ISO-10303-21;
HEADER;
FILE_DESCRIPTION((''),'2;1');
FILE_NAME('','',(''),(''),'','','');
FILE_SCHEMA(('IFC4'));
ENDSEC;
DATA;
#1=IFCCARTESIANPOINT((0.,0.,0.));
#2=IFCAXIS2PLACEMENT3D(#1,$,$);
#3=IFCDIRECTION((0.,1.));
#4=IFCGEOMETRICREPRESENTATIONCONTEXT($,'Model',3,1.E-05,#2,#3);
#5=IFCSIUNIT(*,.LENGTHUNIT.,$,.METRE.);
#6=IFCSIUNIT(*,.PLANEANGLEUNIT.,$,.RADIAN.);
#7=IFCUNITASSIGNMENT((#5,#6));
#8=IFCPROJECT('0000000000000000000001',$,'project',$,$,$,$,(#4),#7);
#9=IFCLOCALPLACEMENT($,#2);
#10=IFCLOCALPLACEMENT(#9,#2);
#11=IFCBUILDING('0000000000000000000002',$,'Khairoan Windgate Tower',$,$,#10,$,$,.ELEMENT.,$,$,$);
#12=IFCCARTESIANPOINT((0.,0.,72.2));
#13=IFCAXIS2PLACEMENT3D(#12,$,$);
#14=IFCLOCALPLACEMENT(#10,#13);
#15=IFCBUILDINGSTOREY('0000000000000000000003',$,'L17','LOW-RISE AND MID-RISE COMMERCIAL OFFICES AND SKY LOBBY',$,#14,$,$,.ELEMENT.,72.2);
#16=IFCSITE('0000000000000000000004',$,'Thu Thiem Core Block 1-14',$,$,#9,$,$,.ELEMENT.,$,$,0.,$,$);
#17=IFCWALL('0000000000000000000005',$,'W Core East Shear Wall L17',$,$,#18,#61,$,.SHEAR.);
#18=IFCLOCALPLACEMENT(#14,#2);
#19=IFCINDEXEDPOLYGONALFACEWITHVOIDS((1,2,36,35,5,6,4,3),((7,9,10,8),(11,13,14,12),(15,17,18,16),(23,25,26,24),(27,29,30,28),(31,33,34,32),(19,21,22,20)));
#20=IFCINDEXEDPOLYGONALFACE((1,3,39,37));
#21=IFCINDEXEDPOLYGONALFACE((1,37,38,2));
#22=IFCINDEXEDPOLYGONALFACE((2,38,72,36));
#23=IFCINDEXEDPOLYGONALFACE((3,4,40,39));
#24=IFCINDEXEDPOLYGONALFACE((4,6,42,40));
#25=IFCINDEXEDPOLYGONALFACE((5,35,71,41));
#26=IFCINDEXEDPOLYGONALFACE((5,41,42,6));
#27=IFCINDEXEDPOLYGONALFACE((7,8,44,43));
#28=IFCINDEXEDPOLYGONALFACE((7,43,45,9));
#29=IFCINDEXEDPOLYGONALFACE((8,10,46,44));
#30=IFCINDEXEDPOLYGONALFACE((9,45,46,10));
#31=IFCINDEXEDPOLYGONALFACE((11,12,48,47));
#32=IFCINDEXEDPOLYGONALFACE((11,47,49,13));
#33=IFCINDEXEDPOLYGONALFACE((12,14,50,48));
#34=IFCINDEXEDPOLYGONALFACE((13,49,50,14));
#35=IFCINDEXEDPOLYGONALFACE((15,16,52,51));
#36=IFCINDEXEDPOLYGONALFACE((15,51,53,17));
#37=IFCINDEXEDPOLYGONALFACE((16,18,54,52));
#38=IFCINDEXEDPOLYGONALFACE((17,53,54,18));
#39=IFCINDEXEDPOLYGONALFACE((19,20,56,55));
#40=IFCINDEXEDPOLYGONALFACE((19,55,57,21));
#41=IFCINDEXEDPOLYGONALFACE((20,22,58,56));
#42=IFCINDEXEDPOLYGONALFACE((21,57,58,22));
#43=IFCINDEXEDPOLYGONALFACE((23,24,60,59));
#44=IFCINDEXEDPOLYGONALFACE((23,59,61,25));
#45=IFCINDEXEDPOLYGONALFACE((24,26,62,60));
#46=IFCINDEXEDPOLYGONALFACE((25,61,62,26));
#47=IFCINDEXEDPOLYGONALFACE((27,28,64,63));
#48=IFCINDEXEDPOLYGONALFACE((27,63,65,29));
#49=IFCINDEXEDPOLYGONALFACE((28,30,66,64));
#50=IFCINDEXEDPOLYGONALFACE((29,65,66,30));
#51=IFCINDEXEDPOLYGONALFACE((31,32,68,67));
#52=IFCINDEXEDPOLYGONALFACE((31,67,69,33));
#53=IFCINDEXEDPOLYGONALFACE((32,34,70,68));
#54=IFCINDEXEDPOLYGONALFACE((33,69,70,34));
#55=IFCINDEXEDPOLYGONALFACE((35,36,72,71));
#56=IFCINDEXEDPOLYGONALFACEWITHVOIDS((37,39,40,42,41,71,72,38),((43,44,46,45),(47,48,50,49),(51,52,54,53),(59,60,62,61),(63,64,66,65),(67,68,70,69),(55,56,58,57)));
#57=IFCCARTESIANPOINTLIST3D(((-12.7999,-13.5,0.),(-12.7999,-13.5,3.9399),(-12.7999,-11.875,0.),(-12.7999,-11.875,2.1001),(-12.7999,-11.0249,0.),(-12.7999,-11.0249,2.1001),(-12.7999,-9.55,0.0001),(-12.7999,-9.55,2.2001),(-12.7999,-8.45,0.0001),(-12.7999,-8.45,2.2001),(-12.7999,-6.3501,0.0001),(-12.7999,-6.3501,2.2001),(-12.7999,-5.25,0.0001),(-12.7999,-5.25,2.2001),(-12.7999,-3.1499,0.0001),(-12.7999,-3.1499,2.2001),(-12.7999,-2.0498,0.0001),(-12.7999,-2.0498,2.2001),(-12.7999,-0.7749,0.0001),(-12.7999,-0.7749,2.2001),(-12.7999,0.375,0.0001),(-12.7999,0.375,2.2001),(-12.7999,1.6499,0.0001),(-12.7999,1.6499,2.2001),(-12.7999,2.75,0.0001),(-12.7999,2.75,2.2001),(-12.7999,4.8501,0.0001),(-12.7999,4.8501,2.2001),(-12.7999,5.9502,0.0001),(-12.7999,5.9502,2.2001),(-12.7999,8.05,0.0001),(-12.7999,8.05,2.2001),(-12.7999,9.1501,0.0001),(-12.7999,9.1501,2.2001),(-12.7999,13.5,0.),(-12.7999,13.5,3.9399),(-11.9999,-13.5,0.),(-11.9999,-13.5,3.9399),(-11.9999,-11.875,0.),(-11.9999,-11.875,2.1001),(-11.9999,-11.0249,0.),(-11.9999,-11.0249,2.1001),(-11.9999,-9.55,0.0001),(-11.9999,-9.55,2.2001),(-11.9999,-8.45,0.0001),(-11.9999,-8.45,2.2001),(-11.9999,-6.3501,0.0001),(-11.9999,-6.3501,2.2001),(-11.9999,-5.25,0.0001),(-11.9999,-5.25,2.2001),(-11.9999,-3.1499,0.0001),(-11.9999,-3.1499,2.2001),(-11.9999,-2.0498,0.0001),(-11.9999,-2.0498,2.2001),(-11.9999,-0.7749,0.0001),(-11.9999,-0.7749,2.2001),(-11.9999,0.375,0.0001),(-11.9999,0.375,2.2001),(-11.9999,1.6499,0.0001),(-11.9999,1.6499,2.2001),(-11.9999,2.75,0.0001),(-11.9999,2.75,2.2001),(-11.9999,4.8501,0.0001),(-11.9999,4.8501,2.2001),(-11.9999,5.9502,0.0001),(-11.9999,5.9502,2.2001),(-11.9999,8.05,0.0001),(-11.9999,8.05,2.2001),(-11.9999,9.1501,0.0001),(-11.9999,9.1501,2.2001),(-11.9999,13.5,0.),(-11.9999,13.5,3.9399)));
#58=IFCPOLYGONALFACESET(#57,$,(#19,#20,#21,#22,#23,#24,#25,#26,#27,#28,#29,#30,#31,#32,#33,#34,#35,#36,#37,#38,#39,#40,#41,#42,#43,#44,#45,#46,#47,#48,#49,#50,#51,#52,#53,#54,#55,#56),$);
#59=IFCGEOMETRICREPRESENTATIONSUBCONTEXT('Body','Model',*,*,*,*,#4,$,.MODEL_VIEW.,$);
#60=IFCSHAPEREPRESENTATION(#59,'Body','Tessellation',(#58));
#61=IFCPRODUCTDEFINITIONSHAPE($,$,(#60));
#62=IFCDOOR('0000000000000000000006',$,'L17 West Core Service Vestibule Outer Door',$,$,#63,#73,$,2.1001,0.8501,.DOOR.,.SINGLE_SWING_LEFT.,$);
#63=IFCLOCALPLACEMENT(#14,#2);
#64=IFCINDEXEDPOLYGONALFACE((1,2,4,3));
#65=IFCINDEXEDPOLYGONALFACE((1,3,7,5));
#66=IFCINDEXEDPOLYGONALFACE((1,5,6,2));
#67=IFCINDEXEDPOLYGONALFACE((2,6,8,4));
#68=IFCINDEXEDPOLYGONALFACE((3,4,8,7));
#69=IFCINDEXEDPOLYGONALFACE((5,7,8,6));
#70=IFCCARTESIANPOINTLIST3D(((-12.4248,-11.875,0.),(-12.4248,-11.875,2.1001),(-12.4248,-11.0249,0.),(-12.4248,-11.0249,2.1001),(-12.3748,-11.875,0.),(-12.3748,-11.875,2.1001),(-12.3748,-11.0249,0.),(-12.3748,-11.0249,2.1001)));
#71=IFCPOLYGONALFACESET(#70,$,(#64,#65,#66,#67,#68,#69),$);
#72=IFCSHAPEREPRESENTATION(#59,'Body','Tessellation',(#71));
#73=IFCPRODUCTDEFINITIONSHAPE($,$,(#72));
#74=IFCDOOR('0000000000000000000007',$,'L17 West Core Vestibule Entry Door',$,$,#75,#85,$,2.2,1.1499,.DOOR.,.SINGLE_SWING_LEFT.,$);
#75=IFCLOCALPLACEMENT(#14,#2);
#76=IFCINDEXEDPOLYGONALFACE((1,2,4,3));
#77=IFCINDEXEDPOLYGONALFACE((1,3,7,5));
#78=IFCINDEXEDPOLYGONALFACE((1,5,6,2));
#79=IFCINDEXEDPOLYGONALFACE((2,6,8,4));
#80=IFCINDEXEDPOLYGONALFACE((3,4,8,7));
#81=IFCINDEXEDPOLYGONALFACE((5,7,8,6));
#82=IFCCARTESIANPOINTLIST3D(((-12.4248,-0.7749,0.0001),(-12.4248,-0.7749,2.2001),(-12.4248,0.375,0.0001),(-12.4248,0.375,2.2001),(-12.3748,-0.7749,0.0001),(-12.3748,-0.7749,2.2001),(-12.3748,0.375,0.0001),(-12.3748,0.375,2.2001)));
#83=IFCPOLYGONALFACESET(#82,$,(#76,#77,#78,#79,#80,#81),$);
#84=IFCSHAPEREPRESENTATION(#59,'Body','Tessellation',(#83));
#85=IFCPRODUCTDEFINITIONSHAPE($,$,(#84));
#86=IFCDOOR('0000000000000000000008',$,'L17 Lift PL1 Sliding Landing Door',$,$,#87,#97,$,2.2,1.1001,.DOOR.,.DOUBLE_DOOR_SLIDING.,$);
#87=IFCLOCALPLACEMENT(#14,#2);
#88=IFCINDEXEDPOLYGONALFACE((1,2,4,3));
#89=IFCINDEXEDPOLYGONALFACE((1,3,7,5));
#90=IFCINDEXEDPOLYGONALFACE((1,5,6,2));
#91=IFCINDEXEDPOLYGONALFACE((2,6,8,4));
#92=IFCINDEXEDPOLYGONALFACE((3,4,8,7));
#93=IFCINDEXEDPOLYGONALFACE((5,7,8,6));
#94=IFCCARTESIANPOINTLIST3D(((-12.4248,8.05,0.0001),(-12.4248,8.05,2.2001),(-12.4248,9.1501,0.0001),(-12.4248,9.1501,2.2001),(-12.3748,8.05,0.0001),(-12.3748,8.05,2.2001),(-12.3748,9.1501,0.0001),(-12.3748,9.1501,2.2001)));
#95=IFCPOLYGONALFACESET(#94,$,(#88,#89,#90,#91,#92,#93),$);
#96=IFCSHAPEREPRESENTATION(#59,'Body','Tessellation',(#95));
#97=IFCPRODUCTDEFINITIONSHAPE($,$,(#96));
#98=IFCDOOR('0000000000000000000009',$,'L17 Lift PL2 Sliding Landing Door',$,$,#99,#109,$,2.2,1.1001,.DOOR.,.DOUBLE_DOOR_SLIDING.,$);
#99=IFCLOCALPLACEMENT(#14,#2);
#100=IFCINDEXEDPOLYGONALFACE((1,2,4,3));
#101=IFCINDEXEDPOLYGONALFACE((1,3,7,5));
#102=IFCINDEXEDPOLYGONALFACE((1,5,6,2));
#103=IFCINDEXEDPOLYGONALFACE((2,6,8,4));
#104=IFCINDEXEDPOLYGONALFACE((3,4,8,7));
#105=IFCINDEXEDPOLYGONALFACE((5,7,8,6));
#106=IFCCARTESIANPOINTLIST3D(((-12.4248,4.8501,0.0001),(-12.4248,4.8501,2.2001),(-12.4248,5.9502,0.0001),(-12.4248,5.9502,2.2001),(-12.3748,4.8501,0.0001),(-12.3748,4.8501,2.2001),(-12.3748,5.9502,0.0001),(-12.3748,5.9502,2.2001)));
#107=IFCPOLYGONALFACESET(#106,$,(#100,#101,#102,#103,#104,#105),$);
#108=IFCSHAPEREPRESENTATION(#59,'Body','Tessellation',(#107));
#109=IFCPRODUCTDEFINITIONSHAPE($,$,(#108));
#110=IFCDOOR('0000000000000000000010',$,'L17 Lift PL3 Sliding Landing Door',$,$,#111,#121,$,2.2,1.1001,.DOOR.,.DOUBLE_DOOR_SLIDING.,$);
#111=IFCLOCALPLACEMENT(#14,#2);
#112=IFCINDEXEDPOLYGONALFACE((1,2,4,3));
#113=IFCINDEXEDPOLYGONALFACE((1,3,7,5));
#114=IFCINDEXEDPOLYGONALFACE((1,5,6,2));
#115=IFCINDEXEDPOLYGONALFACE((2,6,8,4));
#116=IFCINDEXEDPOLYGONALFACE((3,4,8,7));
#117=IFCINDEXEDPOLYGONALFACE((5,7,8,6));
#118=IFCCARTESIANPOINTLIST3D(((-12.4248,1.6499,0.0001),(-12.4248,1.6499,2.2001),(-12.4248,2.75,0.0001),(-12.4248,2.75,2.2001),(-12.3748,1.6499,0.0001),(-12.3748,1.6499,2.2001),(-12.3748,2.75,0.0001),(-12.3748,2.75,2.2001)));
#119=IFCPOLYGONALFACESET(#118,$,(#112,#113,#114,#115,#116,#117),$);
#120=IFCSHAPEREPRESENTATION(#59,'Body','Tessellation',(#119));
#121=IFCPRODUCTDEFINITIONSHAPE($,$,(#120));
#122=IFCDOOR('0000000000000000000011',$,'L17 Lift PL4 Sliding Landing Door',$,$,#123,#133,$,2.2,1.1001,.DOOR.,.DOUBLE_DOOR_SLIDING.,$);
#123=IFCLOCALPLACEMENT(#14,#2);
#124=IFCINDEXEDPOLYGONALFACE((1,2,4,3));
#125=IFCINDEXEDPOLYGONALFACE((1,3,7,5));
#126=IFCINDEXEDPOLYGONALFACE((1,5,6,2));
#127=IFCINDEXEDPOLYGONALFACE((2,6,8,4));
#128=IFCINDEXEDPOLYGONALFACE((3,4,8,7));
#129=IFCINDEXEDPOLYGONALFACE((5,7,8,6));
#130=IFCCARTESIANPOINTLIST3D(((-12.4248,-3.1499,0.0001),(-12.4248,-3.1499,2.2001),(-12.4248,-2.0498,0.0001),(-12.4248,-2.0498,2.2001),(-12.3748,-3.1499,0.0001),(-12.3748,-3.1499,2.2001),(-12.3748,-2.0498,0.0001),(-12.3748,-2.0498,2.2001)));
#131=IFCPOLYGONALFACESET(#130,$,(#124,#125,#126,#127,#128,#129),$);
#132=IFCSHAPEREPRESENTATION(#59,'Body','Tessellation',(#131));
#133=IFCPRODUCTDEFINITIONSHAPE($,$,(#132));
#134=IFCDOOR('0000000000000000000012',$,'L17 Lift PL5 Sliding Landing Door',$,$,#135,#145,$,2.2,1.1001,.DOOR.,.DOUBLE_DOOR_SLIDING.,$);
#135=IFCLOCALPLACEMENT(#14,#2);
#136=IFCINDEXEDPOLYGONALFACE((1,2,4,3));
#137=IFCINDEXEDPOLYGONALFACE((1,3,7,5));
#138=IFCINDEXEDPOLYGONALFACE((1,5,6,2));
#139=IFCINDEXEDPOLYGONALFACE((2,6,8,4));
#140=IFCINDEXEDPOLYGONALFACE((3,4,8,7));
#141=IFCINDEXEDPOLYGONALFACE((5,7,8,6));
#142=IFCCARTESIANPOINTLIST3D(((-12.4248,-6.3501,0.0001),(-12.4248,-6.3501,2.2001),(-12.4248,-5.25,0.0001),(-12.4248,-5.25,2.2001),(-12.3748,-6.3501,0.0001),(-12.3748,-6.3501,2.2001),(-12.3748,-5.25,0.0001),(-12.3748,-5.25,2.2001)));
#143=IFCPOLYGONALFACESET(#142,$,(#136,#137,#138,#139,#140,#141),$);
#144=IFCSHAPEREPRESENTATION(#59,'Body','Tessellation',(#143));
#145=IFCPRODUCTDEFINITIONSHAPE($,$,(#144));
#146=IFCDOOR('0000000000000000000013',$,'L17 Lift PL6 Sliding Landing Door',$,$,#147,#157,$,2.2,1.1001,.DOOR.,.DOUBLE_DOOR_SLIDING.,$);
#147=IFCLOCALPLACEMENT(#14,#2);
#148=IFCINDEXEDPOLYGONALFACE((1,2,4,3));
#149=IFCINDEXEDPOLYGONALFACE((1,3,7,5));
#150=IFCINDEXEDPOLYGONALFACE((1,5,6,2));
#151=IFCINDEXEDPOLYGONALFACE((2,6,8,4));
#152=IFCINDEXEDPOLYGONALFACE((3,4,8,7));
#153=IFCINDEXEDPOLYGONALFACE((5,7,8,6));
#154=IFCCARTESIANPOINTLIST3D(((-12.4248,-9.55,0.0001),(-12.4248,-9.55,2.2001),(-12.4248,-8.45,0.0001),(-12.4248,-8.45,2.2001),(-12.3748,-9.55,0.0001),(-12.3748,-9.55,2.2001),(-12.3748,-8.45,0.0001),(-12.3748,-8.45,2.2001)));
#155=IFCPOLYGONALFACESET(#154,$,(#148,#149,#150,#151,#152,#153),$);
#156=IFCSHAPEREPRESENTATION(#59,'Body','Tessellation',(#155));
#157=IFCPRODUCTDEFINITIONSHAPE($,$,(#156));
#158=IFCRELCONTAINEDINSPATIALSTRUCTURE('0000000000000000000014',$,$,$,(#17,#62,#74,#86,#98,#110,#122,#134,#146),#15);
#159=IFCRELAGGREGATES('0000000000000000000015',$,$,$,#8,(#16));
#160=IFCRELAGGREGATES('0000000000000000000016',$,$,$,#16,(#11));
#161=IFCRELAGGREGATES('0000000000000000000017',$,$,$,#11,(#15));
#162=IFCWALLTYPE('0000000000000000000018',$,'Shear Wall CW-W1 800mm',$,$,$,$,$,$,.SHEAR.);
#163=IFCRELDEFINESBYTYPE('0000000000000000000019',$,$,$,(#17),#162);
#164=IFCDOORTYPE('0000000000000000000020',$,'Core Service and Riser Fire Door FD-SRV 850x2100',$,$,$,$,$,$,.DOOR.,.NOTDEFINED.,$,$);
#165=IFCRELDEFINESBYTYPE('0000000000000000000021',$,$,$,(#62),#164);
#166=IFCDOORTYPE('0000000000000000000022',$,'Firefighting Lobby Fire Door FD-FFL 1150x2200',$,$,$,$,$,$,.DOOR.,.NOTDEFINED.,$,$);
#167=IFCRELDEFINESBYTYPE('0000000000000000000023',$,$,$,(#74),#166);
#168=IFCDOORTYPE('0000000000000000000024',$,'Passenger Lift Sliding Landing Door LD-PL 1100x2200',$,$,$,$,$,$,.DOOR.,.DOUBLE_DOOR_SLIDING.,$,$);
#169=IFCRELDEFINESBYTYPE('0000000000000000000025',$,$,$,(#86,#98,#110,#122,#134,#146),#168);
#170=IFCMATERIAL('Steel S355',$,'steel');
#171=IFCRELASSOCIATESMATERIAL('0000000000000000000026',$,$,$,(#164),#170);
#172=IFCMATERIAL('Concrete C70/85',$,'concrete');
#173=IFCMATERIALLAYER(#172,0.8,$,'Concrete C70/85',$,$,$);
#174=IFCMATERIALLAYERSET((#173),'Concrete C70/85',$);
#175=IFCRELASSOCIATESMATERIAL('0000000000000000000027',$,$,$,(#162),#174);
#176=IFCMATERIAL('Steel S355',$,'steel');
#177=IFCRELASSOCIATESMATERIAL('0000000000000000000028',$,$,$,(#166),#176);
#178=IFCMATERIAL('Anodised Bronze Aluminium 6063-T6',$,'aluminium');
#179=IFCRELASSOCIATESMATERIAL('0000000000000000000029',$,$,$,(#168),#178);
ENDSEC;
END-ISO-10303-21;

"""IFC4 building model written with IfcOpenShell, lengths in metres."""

from ifc_helpers import new_model, si_unit, direction, frame, frame_2d, origin, place, context, subcontext, project, spatial, rectangle, extrude, material, layer, layer_set, type_object, element, fill, save


model = new_model("IFC4")

# Units and contexts
model_context = context("Model", 3, precision=1e-05, world=origin(), true_north=direction((0.0, 1.0)))
body_context = subcontext(model_context, "Body", "Model", "MODEL_VIEW")
ifc_project = project(units=[si_unit("LENGTHUNIT", "METRE"), si_unit("PLANEANGLEUNIT", "RADIAN")], contexts=[model_context])

# Site, building, storey
site_placement = place(None, origin())
site = spatial("IfcSite", under=ifc_project, at=site_placement, Name="Thu Thiem Core Block 1-14", CompositionType="ELEMENT", RefElevation=0.0)
building_placement = place(site_placement, origin())
building = spatial("IfcBuilding", under=site, at=building_placement, Name="Khairoan Windgate Tower", CompositionType="ELEMENT")
storey_placement = place(building_placement, frame((0.0, 0.0, 72.2)))
storey = spatial("IfcBuildingStorey", under=building, at=storey_placement, Name="L17", Description="LOW-RISE AND MID-RISE COMMERCIAL OFFICES AND SKY LOBBY", CompositionType="ELEMENT", Elevation=72.2)

# Shared definitions
ifc_material_1 = material(Name="Steel S355", Category="steel")
door_type_1 = type_object("IfcDoorType", Name="Core Service and Riser Fire Door FD-SRV 850x2100", OperationType="NOTDEFINED", PredefinedType="DOOR", material=ifc_material_1)

# Wall, openings, doors
ifc_material_2 = material(Name="Concrete C70/85", Category="concrete")
ifc_layer_1 = layer(ifc_material_2, 0.8, Name="Concrete C70/85")
ifc_layer_set_1 = layer_set([ifc_layer_1], Name="Concrete C70/85")
wall_type_1 = type_object("IfcWallType", Name="Shear Wall CW-W1 800mm", PredefinedType="SHEAR", material=ifc_layer_set_1)
wall_1_placement = place(storey_placement, frame((-12.3999, -13.5, 0.0), z_axis=(0.0, 0.0, 1.0), x_axis=(0.0, 1.0, 0.0)))
wall_1 = element("IfcWall", 1, at=wall_1_placement, inside=storey, type_object=wall_type_1, Name="W Core East Shear Wall L17", PredefinedType="SHEAR", context=body_context, shape_type="SweptSolid", body=[
    extrude(rectangle(XDim=27.0, YDim=0.8, at=frame_2d((13.5, 0.0))), origin(), (0.0, 0.0, 1.0), 3.9399),
])
opening_1_placement = place(wall_1_placement, frame((21.55, 0.0, 0.0)))
opening_1 = element("IfcOpeningElement", 2, at=opening_1_placement, cuts=wall_1, PredefinedType="OPENING", context=body_context, shape_type="SweptSolid", body=[
    extrude(rectangle(XDim=1.1001, YDim=2.2, at=frame_2d((0.55, 1.1001))), frame((0.0, 0.4099, 0.0), z_axis=(0.0, -1.0, 0.0), x_axis=(1.0, 0.0, 0.0)), (0.0, 0.0, 1.0), 0.8201),
])
opening_2_placement = place(wall_1_placement, frame((18.3501, 0.0, 0.0)))
opening_2 = element("IfcOpeningElement", 3, at=opening_2_placement, cuts=wall_1, PredefinedType="OPENING", context=body_context, shape_type="SweptSolid", body=[
    extrude(rectangle(XDim=1.1001, YDim=2.2, at=frame_2d((0.55, 1.1001))), frame((0.0, 0.4099, 0.0), z_axis=(0.0, -1.0, 0.0), x_axis=(1.0, 0.0, 0.0)), (0.0, 0.0, 1.0), 0.8201),
])
opening_3_placement = place(wall_1_placement, frame((15.1499, 0.0, 0.0)))
opening_3 = element("IfcOpeningElement", 4, at=opening_3_placement, cuts=wall_1, PredefinedType="OPENING", context=body_context, shape_type="SweptSolid", body=[
    extrude(rectangle(XDim=1.1001, YDim=2.2, at=frame_2d((0.55, 1.1001))), frame((0.0, 0.4099, 0.0), z_axis=(0.0, -1.0, 0.0), x_axis=(1.0, 0.0, 0.0)), (0.0, 0.0, 1.0), 0.8201),
])
opening_4_placement = place(wall_1_placement, frame((10.3501, 0.0, 0.0)))
opening_4 = element("IfcOpeningElement", 5, at=opening_4_placement, cuts=wall_1, PredefinedType="OPENING", context=body_context, shape_type="SweptSolid", body=[
    extrude(rectangle(XDim=1.1001, YDim=2.2, at=frame_2d((0.55, 1.1001))), frame((0.0, 0.4099, 0.0), z_axis=(0.0, -1.0, 0.0), x_axis=(1.0, 0.0, 0.0)), (0.0, 0.0, 1.0), 0.8201),
])
opening_5_placement = place(wall_1_placement, frame((7.1499, 0.0, 0.0)))
opening_5 = element("IfcOpeningElement", 6, at=opening_5_placement, cuts=wall_1, PredefinedType="OPENING", context=body_context, shape_type="SweptSolid", body=[
    extrude(rectangle(XDim=1.1001, YDim=2.2, at=frame_2d((0.55, 1.1001))), frame((0.0, 0.4099, 0.0), z_axis=(0.0, -1.0, 0.0), x_axis=(1.0, 0.0, 0.0)), (0.0, 0.0, 1.0), 0.8201),
])
opening_6_placement = place(wall_1_placement, frame((3.95, 0.0, 0.0)))
opening_6 = element("IfcOpeningElement", 7, at=opening_6_placement, cuts=wall_1, PredefinedType="OPENING", context=body_context, shape_type="SweptSolid", body=[
    extrude(rectangle(XDim=1.1001, YDim=2.2, at=frame_2d((0.55, 1.1001))), frame((0.0, 0.4099, 0.0), z_axis=(0.0, -1.0, 0.0), x_axis=(1.0, 0.0, 0.0)), (0.0, 0.0, 1.0), 0.8201),
])
opening_7_placement = place(wall_1_placement, frame((12.7251, 0.0, 0.0)))
opening_7 = element("IfcOpeningElement", 8, at=opening_7_placement, cuts=wall_1, PredefinedType="OPENING", context=body_context, shape_type="SweptSolid", body=[
    extrude(rectangle(XDim=1.1499, YDim=2.2, at=frame_2d((0.575, 1.1001))), frame((0.0, 0.4099, 0.0), z_axis=(0.0, -1.0, 0.0), x_axis=(1.0, 0.0, 0.0)), (0.0, 0.0, 1.0), 0.8201),
])
opening_8_placement = place(wall_1_placement, frame((1.625, 0.0, 0.0)))
opening_8 = element("IfcOpeningElement", 9, at=opening_8_placement, cuts=wall_1, PredefinedType="OPENING", context=body_context, shape_type="SweptSolid", body=[
    extrude(rectangle(XDim=0.8501, YDim=2.1001, at=frame_2d((0.425, 1.05))), frame((0.0, 0.4099, 0.0), z_axis=(0.0, -1.0, 0.0), x_axis=(1.0, 0.0, 0.0)), (0.0, 0.0, 1.0), 0.8201),
])
door_1_placement = place(opening_8_placement, origin())
door_1 = element("IfcDoor", 10, at=door_1_placement, inside=storey, type_object=door_type_1, Name="L17 West Core Service Vestibule Outer Door", OperationType="SINGLE_SWING_LEFT", OverallHeight=2.1001, OverallWidth=0.8501, PredefinedType="DOOR", context=body_context, shape_type="SweptSolid", body=[
    extrude(rectangle(XDim=0.8501, YDim=2.1001, at=frame_2d((0.425, 1.05))), frame((0.0, 0.0249, 0.0), z_axis=(0.0, -1.0, 0.0), x_axis=(1.0, 0.0, 0.0)), (0.0, 0.0, 1.0), 0.05),
])
fill(opening_8, door_1)
ifc_material_3 = material(Name="Steel S355", Category="steel")
door_type_2 = type_object("IfcDoorType", Name="Firefighting Lobby Fire Door FD-FFL 1150x2200", OperationType="NOTDEFINED", PredefinedType="DOOR", material=ifc_material_3)
door_2_placement = place(opening_7_placement, origin())
door_2 = element("IfcDoor", 11, at=door_2_placement, inside=storey, type_object=door_type_2, Name="L17 West Core Vestibule Entry Door", OperationType="SINGLE_SWING_LEFT", OverallHeight=2.2, OverallWidth=1.1499, PredefinedType="DOOR", context=body_context, shape_type="SweptSolid", body=[
    extrude(rectangle(XDim=1.1499, YDim=2.2, at=frame_2d((0.575, 1.1001))), frame((0.0, 0.0249, 0.0), z_axis=(0.0, -1.0, 0.0), x_axis=(1.0, 0.0, 0.0)), (0.0, 0.0, 1.0), 0.05),
])
fill(opening_7, door_2)
ifc_material_4 = material(Name="Anodised Bronze Aluminium 6063-T6", Category="aluminium")
door_type_3 = type_object("IfcDoorType", Name="Passenger Lift Sliding Landing Door LD-PL 1100x2200", OperationType="DOUBLE_DOOR_SLIDING", PredefinedType="DOOR", material=ifc_material_4)
door_3_placement = place(opening_1_placement, origin())
door_3 = element("IfcDoor", 12, at=door_3_placement, inside=storey, type_object=door_type_3, Name="L17 Lift PL1 Sliding Landing Door", OperationType="DOUBLE_DOOR_SLIDING", OverallHeight=2.2, OverallWidth=1.1001, PredefinedType="DOOR", context=body_context, shape_type="SweptSolid", body=[
    extrude(rectangle(XDim=1.1001, YDim=2.2, at=frame_2d((0.55, 1.1001))), frame((0.0, 0.0249, 0.0), z_axis=(0.0, -1.0, 0.0), x_axis=(1.0, 0.0, 0.0)), (0.0, 0.0, 1.0), 0.05),
])
fill(opening_1, door_3)
door_4_placement = place(opening_2_placement, origin())
door_4 = element("IfcDoor", 13, at=door_4_placement, inside=storey, type_object=door_type_3, Name="L17 Lift PL2 Sliding Landing Door", OperationType="DOUBLE_DOOR_SLIDING", OverallHeight=2.2, OverallWidth=1.1001, PredefinedType="DOOR", context=body_context, shape_type="SweptSolid", body=[
    extrude(rectangle(XDim=1.1001, YDim=2.2, at=frame_2d((0.55, 1.1001))), frame((0.0, 0.0249, 0.0), z_axis=(0.0, -1.0, 0.0), x_axis=(1.0, 0.0, 0.0)), (0.0, 0.0, 1.0), 0.05),
])
fill(opening_2, door_4)
door_5_placement = place(opening_3_placement, origin())
door_5 = element("IfcDoor", 14, at=door_5_placement, inside=storey, type_object=door_type_3, Name="L17 Lift PL3 Sliding Landing Door", OperationType="DOUBLE_DOOR_SLIDING", OverallHeight=2.2, OverallWidth=1.1001, PredefinedType="DOOR", context=body_context, shape_type="SweptSolid", body=[
    extrude(rectangle(XDim=1.1001, YDim=2.2, at=frame_2d((0.55, 1.1001))), frame((0.0, 0.0249, 0.0), z_axis=(0.0, -1.0, 0.0), x_axis=(1.0, 0.0, 0.0)), (0.0, 0.0, 1.0), 0.05),
])
fill(opening_3, door_5)
door_6_placement = place(opening_4_placement, origin())
door_6 = element("IfcDoor", 15, at=door_6_placement, inside=storey, type_object=door_type_3, Name="L17 Lift PL4 Sliding Landing Door", OperationType="DOUBLE_DOOR_SLIDING", OverallHeight=2.2, OverallWidth=1.1001, PredefinedType="DOOR", context=body_context, shape_type="SweptSolid", body=[
    extrude(rectangle(XDim=1.1001, YDim=2.2, at=frame_2d((0.55, 1.1001))), frame((0.0, 0.0249, 0.0), z_axis=(0.0, -1.0, 0.0), x_axis=(1.0, 0.0, 0.0)), (0.0, 0.0, 1.0), 0.05),
])
fill(opening_4, door_6)
door_7_placement = place(opening_5_placement, origin())
door_7 = element("IfcDoor", 16, at=door_7_placement, inside=storey, type_object=door_type_3, Name="L17 Lift PL5 Sliding Landing Door", OperationType="DOUBLE_DOOR_SLIDING", OverallHeight=2.2, OverallWidth=1.1001, PredefinedType="DOOR", context=body_context, shape_type="SweptSolid", body=[
    extrude(rectangle(XDim=1.1001, YDim=2.2, at=frame_2d((0.55, 1.1001))), frame((0.0, 0.0249, 0.0), z_axis=(0.0, -1.0, 0.0), x_axis=(1.0, 0.0, 0.0)), (0.0, 0.0, 1.0), 0.05),
])
fill(opening_5, door_7)
door_8_placement = place(opening_6_placement, origin())
door_8 = element("IfcDoor", 17, at=door_8_placement, inside=storey, type_object=door_type_3, Name="L17 Lift PL6 Sliding Landing Door", OperationType="DOUBLE_DOOR_SLIDING", OverallHeight=2.2, OverallWidth=1.1001, PredefinedType="DOOR", context=body_context, shape_type="SweptSolid", body=[
    extrude(rectangle(XDim=1.1001, YDim=2.2, at=frame_2d((0.55, 1.1001))), frame((0.0, 0.0249, 0.0), z_axis=(0.0, -1.0, 0.0), x_axis=(1.0, 0.0, 0.0)), (0.0, 0.0, 1.0), 0.05),
])
fill(opening_6, door_8)

save(model, "model.ifc")
